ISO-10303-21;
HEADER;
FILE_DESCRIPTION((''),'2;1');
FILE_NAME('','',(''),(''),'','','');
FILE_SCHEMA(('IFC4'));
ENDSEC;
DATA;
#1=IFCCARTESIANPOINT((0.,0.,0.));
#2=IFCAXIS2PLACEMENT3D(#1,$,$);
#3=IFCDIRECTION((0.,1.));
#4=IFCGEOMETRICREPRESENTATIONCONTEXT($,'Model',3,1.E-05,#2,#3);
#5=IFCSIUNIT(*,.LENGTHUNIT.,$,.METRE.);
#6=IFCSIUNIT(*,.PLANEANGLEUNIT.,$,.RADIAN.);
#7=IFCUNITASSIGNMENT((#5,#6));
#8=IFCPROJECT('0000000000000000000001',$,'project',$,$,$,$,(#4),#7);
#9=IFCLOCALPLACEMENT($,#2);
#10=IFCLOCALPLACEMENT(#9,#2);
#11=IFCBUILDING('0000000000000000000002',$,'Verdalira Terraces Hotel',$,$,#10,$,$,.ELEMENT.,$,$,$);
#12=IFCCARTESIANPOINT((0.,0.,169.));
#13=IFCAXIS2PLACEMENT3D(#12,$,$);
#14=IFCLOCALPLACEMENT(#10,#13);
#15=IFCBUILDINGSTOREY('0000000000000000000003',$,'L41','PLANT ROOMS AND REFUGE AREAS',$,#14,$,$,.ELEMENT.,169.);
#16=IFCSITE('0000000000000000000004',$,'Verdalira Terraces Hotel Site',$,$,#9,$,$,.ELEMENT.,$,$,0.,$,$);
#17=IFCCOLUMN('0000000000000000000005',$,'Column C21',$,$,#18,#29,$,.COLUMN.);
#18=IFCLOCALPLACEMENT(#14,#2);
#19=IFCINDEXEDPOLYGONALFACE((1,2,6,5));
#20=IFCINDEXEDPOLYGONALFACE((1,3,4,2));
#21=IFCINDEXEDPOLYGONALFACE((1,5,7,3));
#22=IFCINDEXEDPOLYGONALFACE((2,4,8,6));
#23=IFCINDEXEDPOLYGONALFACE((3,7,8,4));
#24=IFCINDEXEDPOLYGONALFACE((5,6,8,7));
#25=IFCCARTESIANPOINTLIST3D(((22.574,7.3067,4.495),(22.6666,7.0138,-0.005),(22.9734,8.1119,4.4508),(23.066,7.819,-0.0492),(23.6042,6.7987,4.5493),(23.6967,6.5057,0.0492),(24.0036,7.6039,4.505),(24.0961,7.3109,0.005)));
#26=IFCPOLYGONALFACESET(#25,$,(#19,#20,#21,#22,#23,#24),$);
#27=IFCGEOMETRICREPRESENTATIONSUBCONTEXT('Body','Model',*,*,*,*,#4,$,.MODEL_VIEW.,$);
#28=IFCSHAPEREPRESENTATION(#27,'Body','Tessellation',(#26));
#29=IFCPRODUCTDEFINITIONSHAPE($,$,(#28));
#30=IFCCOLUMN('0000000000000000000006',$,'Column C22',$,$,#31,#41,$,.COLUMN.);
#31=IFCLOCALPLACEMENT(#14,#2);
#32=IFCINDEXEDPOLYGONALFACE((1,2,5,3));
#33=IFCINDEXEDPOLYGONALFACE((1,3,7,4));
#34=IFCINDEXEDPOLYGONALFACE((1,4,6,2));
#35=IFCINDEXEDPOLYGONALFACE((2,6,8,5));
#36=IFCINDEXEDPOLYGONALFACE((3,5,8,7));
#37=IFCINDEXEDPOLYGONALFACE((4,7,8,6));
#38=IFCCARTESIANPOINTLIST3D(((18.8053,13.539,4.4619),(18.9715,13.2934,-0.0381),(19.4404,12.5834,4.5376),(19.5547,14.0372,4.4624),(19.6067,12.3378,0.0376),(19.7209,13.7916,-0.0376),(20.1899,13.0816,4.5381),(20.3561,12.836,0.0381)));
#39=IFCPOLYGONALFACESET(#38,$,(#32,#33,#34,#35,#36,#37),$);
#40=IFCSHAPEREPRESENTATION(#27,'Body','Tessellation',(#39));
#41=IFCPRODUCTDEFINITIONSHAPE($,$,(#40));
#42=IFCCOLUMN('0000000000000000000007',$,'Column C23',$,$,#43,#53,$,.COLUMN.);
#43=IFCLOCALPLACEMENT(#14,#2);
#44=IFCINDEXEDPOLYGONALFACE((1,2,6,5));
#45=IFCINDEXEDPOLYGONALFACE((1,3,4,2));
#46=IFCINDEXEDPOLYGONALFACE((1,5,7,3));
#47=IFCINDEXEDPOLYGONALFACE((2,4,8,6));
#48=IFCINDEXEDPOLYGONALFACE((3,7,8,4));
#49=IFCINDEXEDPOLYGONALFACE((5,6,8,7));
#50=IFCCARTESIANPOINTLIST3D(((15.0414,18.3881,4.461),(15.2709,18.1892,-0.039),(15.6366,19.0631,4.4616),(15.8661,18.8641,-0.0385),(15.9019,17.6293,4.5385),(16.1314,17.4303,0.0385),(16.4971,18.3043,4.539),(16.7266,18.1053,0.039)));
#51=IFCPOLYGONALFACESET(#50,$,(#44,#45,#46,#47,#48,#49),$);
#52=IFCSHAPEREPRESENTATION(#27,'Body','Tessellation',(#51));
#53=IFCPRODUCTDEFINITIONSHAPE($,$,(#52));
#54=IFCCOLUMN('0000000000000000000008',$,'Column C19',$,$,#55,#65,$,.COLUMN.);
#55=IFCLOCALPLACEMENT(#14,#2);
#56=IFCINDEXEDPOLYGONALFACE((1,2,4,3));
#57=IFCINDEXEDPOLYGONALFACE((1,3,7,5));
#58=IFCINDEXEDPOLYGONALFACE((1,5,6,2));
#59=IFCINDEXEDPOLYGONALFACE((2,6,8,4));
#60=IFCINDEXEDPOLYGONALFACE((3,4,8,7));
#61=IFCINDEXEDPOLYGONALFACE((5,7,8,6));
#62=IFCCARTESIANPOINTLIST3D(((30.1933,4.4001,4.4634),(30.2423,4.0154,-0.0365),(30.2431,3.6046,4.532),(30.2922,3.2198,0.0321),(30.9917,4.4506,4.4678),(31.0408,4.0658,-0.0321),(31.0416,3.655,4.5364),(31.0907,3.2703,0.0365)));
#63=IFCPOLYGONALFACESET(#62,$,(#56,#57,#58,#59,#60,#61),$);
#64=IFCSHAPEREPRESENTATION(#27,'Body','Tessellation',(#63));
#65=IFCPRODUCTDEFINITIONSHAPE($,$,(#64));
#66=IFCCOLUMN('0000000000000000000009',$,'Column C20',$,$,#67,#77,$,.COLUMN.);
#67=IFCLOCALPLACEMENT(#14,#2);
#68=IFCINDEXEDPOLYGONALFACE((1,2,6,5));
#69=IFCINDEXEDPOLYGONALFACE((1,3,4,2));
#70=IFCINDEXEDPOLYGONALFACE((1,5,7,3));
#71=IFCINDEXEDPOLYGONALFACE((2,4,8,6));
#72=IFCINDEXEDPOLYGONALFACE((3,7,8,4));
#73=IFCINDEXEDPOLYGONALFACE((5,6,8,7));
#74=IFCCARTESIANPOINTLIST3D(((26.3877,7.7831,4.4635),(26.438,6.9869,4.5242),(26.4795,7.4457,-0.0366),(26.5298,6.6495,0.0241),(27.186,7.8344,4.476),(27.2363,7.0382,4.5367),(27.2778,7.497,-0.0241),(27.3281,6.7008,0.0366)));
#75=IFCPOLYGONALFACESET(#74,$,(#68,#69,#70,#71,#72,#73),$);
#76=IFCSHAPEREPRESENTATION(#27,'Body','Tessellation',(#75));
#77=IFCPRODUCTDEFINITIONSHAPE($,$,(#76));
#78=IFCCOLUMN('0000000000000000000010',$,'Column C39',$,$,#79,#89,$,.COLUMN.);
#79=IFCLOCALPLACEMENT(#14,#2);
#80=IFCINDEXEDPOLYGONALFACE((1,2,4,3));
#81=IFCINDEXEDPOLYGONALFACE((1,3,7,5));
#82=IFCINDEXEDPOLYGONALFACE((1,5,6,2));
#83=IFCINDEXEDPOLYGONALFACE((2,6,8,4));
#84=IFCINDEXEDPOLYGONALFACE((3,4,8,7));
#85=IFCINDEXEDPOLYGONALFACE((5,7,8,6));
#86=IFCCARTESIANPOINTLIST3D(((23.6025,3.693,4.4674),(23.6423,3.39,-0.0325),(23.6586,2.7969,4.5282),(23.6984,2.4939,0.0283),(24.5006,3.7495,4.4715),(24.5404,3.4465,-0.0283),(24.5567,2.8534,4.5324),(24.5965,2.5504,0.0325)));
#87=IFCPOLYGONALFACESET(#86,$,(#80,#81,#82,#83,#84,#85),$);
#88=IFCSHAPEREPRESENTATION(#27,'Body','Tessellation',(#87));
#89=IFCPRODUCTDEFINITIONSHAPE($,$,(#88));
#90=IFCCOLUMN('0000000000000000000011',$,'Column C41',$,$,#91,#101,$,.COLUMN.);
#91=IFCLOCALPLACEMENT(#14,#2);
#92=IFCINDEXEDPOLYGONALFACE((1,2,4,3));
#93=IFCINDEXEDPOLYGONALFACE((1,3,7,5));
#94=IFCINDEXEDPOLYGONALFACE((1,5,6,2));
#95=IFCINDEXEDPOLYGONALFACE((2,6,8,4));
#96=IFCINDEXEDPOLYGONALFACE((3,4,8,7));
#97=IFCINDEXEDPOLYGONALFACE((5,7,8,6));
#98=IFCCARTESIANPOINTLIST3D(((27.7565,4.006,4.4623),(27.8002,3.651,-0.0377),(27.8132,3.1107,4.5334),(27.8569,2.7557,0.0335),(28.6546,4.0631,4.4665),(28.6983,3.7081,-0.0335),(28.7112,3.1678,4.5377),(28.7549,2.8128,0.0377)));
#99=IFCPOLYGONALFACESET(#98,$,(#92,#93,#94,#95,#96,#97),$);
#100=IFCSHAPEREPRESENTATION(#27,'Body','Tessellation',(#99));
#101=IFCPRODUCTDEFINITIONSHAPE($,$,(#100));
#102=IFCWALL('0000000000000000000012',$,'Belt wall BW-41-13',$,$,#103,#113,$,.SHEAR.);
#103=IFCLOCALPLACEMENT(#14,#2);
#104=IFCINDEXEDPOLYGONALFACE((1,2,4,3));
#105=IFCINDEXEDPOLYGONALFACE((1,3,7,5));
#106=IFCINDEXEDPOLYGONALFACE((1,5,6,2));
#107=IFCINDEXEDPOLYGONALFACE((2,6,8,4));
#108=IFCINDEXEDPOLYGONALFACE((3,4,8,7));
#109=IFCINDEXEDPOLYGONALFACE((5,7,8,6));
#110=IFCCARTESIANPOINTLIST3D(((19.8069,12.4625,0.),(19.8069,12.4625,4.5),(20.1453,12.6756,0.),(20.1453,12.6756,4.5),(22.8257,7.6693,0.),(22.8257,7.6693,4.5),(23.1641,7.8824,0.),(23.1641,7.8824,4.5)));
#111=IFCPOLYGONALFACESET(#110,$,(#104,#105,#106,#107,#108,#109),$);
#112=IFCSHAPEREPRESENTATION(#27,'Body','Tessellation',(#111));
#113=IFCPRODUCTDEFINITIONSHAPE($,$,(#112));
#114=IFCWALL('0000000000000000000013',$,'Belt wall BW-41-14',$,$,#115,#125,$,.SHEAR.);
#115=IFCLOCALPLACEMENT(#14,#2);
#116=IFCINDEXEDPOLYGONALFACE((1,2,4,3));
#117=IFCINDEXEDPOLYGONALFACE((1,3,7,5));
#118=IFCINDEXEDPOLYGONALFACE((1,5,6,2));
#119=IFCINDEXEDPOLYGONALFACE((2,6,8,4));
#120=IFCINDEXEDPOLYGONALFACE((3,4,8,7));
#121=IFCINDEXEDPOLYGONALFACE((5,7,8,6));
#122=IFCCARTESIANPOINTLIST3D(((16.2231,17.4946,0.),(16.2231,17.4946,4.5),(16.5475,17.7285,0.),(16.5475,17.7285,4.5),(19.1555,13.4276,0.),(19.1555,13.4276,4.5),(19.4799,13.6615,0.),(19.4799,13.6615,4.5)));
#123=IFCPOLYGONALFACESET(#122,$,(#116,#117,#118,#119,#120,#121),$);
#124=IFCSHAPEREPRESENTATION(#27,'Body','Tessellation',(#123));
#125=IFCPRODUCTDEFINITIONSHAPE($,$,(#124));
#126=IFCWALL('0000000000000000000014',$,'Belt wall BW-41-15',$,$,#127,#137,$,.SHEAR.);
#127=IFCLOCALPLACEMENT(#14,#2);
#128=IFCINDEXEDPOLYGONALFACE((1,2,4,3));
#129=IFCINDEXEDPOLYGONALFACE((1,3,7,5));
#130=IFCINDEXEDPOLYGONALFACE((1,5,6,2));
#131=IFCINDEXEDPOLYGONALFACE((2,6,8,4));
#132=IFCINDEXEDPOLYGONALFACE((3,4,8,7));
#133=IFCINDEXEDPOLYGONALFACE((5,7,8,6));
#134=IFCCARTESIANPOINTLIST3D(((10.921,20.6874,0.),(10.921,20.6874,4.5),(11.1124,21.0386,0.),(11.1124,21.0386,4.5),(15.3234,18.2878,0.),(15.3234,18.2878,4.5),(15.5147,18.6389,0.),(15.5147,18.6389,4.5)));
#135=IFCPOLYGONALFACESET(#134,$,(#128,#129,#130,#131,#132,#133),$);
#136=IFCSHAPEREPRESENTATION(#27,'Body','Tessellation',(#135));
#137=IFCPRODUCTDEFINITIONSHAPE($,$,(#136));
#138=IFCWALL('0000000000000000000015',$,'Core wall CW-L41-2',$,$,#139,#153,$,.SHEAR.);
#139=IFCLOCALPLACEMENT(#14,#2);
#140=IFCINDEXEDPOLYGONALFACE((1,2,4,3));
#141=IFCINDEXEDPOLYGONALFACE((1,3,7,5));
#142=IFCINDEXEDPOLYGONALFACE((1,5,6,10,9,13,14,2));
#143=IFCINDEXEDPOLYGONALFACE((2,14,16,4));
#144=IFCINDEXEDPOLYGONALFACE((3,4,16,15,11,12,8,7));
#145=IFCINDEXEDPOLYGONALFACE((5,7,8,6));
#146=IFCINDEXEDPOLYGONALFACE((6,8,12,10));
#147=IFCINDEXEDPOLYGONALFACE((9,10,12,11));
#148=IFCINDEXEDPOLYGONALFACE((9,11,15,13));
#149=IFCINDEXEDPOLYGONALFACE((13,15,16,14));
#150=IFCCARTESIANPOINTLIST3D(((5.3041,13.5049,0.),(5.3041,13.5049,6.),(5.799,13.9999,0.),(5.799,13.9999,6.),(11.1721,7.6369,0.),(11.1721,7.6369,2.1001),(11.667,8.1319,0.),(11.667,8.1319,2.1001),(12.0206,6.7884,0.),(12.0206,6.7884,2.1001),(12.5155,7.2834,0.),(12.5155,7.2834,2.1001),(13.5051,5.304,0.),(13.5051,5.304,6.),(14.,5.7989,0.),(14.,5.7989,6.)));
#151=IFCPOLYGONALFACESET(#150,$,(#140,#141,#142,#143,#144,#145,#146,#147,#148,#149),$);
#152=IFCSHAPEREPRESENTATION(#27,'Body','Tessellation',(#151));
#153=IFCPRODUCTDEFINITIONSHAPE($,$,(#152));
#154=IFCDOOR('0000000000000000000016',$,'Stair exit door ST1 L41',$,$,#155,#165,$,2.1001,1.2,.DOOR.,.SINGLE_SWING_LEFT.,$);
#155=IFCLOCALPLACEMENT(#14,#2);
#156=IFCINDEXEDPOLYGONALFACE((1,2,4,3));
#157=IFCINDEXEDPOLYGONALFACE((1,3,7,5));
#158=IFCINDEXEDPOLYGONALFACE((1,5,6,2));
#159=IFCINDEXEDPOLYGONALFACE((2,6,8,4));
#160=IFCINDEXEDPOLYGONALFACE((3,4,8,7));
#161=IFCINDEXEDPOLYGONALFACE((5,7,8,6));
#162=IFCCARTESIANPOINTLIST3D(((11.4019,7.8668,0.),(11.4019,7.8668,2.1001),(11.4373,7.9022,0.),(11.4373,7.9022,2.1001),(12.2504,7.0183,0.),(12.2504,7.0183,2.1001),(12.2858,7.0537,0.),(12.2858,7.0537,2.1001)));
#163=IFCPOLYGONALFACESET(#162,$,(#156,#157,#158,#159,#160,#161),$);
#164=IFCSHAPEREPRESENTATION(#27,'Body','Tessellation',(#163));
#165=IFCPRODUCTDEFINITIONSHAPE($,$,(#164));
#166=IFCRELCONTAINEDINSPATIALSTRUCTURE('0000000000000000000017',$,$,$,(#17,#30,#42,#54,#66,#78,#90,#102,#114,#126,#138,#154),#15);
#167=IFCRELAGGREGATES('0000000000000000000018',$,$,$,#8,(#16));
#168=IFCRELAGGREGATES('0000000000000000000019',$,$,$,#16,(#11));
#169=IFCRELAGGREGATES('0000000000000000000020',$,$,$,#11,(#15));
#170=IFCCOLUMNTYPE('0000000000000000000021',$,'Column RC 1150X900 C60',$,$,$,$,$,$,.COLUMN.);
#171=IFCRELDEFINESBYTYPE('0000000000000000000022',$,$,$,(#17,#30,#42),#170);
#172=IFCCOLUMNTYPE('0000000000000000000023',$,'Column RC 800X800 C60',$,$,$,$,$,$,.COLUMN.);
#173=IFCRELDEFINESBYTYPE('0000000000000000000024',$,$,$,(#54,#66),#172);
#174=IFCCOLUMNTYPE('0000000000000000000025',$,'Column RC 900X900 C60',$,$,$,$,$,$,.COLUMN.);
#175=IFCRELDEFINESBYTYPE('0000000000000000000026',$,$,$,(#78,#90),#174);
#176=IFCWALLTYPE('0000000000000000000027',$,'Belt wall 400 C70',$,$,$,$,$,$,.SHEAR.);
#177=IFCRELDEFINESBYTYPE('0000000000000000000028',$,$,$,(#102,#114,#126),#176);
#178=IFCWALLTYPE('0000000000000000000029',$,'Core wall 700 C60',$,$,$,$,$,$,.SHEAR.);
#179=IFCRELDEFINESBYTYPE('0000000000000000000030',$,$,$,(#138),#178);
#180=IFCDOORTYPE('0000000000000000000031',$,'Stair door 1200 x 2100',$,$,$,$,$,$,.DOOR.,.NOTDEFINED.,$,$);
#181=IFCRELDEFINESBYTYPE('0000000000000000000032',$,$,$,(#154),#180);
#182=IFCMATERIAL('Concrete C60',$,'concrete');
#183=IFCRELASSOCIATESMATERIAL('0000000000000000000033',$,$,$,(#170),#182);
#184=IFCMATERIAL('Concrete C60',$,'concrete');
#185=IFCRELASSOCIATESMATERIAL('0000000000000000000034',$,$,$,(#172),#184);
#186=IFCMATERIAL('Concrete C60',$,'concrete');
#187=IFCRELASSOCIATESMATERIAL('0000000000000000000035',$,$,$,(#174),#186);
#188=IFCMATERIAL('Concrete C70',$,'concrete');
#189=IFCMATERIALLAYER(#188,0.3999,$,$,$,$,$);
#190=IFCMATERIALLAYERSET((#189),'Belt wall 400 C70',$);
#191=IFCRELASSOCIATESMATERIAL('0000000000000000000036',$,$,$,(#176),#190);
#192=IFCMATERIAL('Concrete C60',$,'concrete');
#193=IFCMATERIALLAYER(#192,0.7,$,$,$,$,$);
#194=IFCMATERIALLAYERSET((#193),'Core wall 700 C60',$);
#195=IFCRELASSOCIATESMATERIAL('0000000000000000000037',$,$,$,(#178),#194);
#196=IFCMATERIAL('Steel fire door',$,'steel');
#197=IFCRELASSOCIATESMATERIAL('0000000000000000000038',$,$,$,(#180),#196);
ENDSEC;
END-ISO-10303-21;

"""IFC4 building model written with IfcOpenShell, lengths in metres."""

from ifc_helpers import new_model, si_unit, direction, frame, frame_2d, origin, origin_2d, place, context, subcontext, project, spatial, rectangle, extrude, material, layer, layer_set, material_profile, profile_set, type_object, element, fill, save


model = new_model("IFC4")

# Units and contexts
model_context = context("Model", 3, precision=1e-05, world=origin(), true_north=direction((0.0, 1.0)))
body_context = subcontext(model_context, "Body", "Model", "MODEL_VIEW")
ifc_project = project(units=[si_unit("LENGTHUNIT", "METRE"), si_unit("PLANEANGLEUNIT", "RADIAN")], contexts=[model_context])

# Site, building, storey
site_placement = place(None, origin())
site = spatial("IfcSite", under=ifc_project, at=site_placement, Name="Verdalira Terraces Hotel Site", CompositionType="ELEMENT", RefElevation=0.0)
building_placement = place(site_placement, origin())
building = spatial("IfcBuilding", under=site, at=building_placement, Name="Verdalira Terraces Hotel", CompositionType="ELEMENT")
storey_placement = place(building_placement, frame((0.0, 0.0, 169.0)))
storey = spatial("IfcBuildingStorey", under=building, at=storey_placement, Name="L41", Description="PLANT ROOMS AND REFUGE AREAS", CompositionType="ELEMENT", Elevation=169.0)

# Columns
ifc_material_1 = material(Name="Concrete C60", Category="concrete")
ifc_material_profile_1 = material_profile(ifc_material_1, rectangle(XDim=1.1499, YDim=0.8999, at=origin_2d()), Name="RC 1150X900")
ifc_profile_set_1 = profile_set([ifc_material_profile_1], Name="Concrete C60")
column_type_1 = type_object("IfcColumnType", Name="Column RC 1150X900 C60", PredefinedType="COLUMN", material=ifc_profile_set_1)
column_1_placement = place(storey_placement, frame((23.3813, 7.1624, 0.0), z_axis=(-0.020514, 0.064953, 0.997677), x_axis=(0.895873, -0.441797, 0.047184)))
element("IfcColumn", 1, at=column_1_placement, inside=storey, type_object=column_type_1, Name="Column C21", PredefinedType="COLUMN", context=body_context, shape_type="SweptSolid", body=[
    extrude(rectangle(XDim=1.1499, YDim=0.8999, at=origin_2d()), origin(), (0.0, 0.0, 1.0), 4.5105),
])
column_2_placement = place(storey_placement, frame((19.6638, 13.0647, 0.0), z_axis=(-0.036867, 0.054461, 0.997835), x_axis=(-0.55239, 0.830988, -0.065763)))
element("IfcColumn", 2, at=column_2_placement, inside=storey, type_object=column_type_1, Name="Column C22", PredefinedType="COLUMN", context=body_context, shape_type="SweptSolid", body=[
    extrude(rectangle(XDim=1.1499, YDim=0.8999, at=origin_2d()), origin(), (0.0, 0.0, 1.0), 4.5098),
])
column_3_placement = place(storey_placement, frame((15.9988, 18.1472, 0.0), z_axis=(-0.050882, 0.044116, 0.99773), x_axis=(0.748314, -0.659917, 0.067342)))
element("IfcColumn", 3, at=column_3_placement, inside=storey, type_object=column_type_1, Name="Column C23", PredefinedType="COLUMN", context=body_context, shape_type="SweptSolid", body=[
    extrude(rectangle(XDim=1.1499, YDim=0.8999, at=origin_2d()), origin(), (0.0, 0.0, 1.0), 4.5103),
])
ifc_material_2 = material(Name="Concrete C60", Category="concrete")
ifc_material_profile_2 = material_profile(ifc_material_2, rectangle(XDim=0.8, YDim=0.8, at=origin_2d()), Name="RC 800X800")
ifc_profile_set_2 = profile_set([ifc_material_profile_2], Name="Concrete C60")
column_type_2 = type_object("IfcColumnType", Name="Column RC 800X800 C60", PredefinedType="COLUMN", material=ifc_profile_set_2)
column_4_placement = place(storey_placement, frame((30.6665, 3.6428, 0.0), z_axis=(-0.010865, 0.085188, 0.996306), x_axis=(-0.062332, 0.994369, -0.085702)))
element("IfcColumn", 4, at=column_4_placement, inside=storey, type_object=column_type_2, Name="Column C19", PredefinedType="COLUMN", context=body_context, shape_type="SweptSolid", body=[
    extrude(rectangle(XDim=0.8, YDim=0.8, at=origin_2d()), origin(), (0.0, 0.0, 1.0), 4.5166),
])
column_5_placement = place(storey_placement, frame((26.9038, 7.0732, 0.0), z_axis=(-0.020338, 0.074753, 0.996995), x_axis=(-0.99782, -0.064132, -0.015546)))
element("IfcColumn", 5, at=column_5_placement, inside=storey, type_object=column_type_2, Name="Column C20", PredefinedType="COLUMN", context=body_context, shape_type="SweptSolid", body=[
    extrude(rectangle(XDim=0.8, YDim=0.8, at=origin_2d()), origin(), (0.0, 0.0, 1.0), 4.5137),
])
ifc_material_3 = material(Name="Concrete C60", Category="concrete")
ifc_material_profile_3 = material_profile(ifc_material_3, rectangle(XDim=0.8999, YDim=0.8999, at=origin_2d()), Name="RC 900X900")
ifc_profile_set_3 = profile_set([ifc_material_profile_3], Name="Concrete C60")
column_type_3 = type_object("IfcColumnType", Name="Column RC 900X900 C60", PredefinedType="COLUMN", material=ifc_profile_set_3)
column_6_placement = place(storey_placement, frame((24.1194, 2.9702, 0.0), z_axis=(-0.008823, 0.067174, 0.997702), x_axis=(0.998016, 0.062787, 0.004598)))
element("IfcColumn", 6, at=column_6_placement, inside=storey, type_object=column_type_3, Name="Column C39", PredefinedType="COLUMN", context=body_context, shape_type="SweptSolid", body=[
    extrude(rectangle(XDim=0.8999, YDim=0.8999, at=origin_2d()), origin(), (0.0, 0.0, 1.0), 4.5103),
])
column_7_placement = place(storey_placement, frame((28.2776, 3.2319, 0.0), z_axis=(-0.009681, 0.078637, 0.996856), x_axis=(0.997972, 0.063475, 0.004685)))
element("IfcColumn", 7, at=column_7_placement, inside=storey, type_object=column_type_3, Name="Column C41", PredefinedType="COLUMN", context=body_context, shape_type="SweptSolid", body=[
    extrude(rectangle(XDim=0.8999, YDim=0.8999, at=origin_2d()), origin(), (0.0, 0.0, 1.0), 4.5142),
])

# Walls
ifc_material_4 = material(Name="Concrete C70", Category="concrete")
ifc_layer_1 = layer(ifc_material_4, 0.3999)
ifc_layer_set_1 = layer_set([ifc_layer_1], Name="Belt wall 400 C70")
wall_type_1 = type_object("IfcWallType", Name="Belt wall 400 C70", PredefinedType="SHEAR", material=ifc_layer_set_1)
wall_1_placement = place(storey_placement, frame((22.9949, 7.7759, 0.0), z_axis=(0.0, 0.0, 1.0), x_axis=(-0.532921, 0.846165, 0.0)))
element("IfcWall", 8, at=wall_1_placement, inside=storey, type_object=wall_type_1, Name="Belt wall BW-41-13", PredefinedType="SHEAR", context=body_context, shape_type="SweptSolid", body=[
    extrude(rectangle(XDim=5.6646, YDim=0.3999, at=frame_2d((2.8323, 0.0))), origin(), (0.0, 0.0, 1.0), 4.5),
])
for number, where, z_axis, x_axis, name in (
    (9, (19.3176, 13.5447, 0.0), (0.0, 0.0, 1.0), (-0.584857, 0.811136, 0.0), "Belt wall BW-41-14"),
    (10, (15.4189, 18.4634, 0.0), (0.0, 0.0, 1.0), (-0.878031, 0.478603, 0.0), "Belt wall BW-41-15"),
):
    element("IfcWall", number, at=place(storey_placement, frame(where, z_axis=z_axis, x_axis=x_axis)), inside=storey, type_object=wall_type_1, Name=name, PredefinedType="SHEAR", context=body_context, shape_type="SweptSolid", body=[
        extrude(rectangle(XDim=5.0139, YDim=0.3999, at=frame_2d((2.5068, 0.0))), origin(), (0.0, 0.0, 1.0), 4.5),
    ])

# Wall, opening, door
ifc_material_5 = material(Name="Concrete C60", Category="concrete")
ifc_layer_2 = layer(ifc_material_5, 0.7)
ifc_layer_set_2 = layer_set([ifc_layer_2], Name="Core wall 700 C60")
wall_type_2 = type_object("IfcWallType", Name="Core wall 700 C60", PredefinedType="SHEAR", material=ifc_layer_set_2)
wall_2_placement = place(storey_placement, frame((13.7524, 5.5515, 0.0), z_axis=(0.0, 0.0, 1.0), x_axis=(-0.707107, 0.707107, 0.0)))
wall_2 = element("IfcWall", 11, at=wall_2_placement, inside=storey, type_object=wall_type_2, Name="Core wall CW-L41-2", PredefinedType="SHEAR", context=body_context, shape_type="SweptSolid", body=[
    extrude(rectangle(XDim=11.5979, YDim=0.7, at=frame_2d((5.7988, 0.0))), origin(), (0.0, 0.0, 1.0), 6.0),
])
opening_1_placement = place(wall_2_placement, frame((2.0991, 0.0, 0.0)))
opening_1 = element("IfcOpeningElement", 12, at=opening_1_placement, cuts=wall_2, PredefinedType="OPENING", context=body_context, shape_type="SweptSolid", body=[
    extrude(rectangle(XDim=1.2, YDim=2.1001, at=frame_2d((0.6001, 1.05))), frame((0.0, 0.3599, 0.0), z_axis=(0.0, -1.0, 0.0), x_axis=(1.0, 0.0, 0.0)), (0.0, 0.0, 1.0), 0.72),
])
ifc_material_6 = material(Name="Steel fire door", Category="steel")
door_type_1 = type_object("IfcDoorType", Name="Stair door 1200 x 2100", OperationType="NOTDEFINED", PredefinedType="DOOR", material=ifc_material_6)
door_1_placement = place(opening_1_placement, origin())
door_1 = element("IfcDoor", 13, at=door_1_placement, inside=storey, type_object=door_type_1, Name="Stair exit door ST1 L41", OperationType="SINGLE_SWING_LEFT", OverallHeight=2.1001, OverallWidth=1.2, PredefinedType="DOOR", context=body_context, shape_type="SweptSolid", body=[
    extrude(rectangle(XDim=1.2, YDim=2.1001, at=frame_2d((0.6001, 1.05))), frame((0.0, 0.0249, 0.0), z_axis=(0.0, -1.0, 0.0), x_axis=(1.0, 0.0, 0.0)), (0.0, 0.0, 1.0), 0.05),
])
fill(opening_1, door_1)

save(model, "model.ifc")
